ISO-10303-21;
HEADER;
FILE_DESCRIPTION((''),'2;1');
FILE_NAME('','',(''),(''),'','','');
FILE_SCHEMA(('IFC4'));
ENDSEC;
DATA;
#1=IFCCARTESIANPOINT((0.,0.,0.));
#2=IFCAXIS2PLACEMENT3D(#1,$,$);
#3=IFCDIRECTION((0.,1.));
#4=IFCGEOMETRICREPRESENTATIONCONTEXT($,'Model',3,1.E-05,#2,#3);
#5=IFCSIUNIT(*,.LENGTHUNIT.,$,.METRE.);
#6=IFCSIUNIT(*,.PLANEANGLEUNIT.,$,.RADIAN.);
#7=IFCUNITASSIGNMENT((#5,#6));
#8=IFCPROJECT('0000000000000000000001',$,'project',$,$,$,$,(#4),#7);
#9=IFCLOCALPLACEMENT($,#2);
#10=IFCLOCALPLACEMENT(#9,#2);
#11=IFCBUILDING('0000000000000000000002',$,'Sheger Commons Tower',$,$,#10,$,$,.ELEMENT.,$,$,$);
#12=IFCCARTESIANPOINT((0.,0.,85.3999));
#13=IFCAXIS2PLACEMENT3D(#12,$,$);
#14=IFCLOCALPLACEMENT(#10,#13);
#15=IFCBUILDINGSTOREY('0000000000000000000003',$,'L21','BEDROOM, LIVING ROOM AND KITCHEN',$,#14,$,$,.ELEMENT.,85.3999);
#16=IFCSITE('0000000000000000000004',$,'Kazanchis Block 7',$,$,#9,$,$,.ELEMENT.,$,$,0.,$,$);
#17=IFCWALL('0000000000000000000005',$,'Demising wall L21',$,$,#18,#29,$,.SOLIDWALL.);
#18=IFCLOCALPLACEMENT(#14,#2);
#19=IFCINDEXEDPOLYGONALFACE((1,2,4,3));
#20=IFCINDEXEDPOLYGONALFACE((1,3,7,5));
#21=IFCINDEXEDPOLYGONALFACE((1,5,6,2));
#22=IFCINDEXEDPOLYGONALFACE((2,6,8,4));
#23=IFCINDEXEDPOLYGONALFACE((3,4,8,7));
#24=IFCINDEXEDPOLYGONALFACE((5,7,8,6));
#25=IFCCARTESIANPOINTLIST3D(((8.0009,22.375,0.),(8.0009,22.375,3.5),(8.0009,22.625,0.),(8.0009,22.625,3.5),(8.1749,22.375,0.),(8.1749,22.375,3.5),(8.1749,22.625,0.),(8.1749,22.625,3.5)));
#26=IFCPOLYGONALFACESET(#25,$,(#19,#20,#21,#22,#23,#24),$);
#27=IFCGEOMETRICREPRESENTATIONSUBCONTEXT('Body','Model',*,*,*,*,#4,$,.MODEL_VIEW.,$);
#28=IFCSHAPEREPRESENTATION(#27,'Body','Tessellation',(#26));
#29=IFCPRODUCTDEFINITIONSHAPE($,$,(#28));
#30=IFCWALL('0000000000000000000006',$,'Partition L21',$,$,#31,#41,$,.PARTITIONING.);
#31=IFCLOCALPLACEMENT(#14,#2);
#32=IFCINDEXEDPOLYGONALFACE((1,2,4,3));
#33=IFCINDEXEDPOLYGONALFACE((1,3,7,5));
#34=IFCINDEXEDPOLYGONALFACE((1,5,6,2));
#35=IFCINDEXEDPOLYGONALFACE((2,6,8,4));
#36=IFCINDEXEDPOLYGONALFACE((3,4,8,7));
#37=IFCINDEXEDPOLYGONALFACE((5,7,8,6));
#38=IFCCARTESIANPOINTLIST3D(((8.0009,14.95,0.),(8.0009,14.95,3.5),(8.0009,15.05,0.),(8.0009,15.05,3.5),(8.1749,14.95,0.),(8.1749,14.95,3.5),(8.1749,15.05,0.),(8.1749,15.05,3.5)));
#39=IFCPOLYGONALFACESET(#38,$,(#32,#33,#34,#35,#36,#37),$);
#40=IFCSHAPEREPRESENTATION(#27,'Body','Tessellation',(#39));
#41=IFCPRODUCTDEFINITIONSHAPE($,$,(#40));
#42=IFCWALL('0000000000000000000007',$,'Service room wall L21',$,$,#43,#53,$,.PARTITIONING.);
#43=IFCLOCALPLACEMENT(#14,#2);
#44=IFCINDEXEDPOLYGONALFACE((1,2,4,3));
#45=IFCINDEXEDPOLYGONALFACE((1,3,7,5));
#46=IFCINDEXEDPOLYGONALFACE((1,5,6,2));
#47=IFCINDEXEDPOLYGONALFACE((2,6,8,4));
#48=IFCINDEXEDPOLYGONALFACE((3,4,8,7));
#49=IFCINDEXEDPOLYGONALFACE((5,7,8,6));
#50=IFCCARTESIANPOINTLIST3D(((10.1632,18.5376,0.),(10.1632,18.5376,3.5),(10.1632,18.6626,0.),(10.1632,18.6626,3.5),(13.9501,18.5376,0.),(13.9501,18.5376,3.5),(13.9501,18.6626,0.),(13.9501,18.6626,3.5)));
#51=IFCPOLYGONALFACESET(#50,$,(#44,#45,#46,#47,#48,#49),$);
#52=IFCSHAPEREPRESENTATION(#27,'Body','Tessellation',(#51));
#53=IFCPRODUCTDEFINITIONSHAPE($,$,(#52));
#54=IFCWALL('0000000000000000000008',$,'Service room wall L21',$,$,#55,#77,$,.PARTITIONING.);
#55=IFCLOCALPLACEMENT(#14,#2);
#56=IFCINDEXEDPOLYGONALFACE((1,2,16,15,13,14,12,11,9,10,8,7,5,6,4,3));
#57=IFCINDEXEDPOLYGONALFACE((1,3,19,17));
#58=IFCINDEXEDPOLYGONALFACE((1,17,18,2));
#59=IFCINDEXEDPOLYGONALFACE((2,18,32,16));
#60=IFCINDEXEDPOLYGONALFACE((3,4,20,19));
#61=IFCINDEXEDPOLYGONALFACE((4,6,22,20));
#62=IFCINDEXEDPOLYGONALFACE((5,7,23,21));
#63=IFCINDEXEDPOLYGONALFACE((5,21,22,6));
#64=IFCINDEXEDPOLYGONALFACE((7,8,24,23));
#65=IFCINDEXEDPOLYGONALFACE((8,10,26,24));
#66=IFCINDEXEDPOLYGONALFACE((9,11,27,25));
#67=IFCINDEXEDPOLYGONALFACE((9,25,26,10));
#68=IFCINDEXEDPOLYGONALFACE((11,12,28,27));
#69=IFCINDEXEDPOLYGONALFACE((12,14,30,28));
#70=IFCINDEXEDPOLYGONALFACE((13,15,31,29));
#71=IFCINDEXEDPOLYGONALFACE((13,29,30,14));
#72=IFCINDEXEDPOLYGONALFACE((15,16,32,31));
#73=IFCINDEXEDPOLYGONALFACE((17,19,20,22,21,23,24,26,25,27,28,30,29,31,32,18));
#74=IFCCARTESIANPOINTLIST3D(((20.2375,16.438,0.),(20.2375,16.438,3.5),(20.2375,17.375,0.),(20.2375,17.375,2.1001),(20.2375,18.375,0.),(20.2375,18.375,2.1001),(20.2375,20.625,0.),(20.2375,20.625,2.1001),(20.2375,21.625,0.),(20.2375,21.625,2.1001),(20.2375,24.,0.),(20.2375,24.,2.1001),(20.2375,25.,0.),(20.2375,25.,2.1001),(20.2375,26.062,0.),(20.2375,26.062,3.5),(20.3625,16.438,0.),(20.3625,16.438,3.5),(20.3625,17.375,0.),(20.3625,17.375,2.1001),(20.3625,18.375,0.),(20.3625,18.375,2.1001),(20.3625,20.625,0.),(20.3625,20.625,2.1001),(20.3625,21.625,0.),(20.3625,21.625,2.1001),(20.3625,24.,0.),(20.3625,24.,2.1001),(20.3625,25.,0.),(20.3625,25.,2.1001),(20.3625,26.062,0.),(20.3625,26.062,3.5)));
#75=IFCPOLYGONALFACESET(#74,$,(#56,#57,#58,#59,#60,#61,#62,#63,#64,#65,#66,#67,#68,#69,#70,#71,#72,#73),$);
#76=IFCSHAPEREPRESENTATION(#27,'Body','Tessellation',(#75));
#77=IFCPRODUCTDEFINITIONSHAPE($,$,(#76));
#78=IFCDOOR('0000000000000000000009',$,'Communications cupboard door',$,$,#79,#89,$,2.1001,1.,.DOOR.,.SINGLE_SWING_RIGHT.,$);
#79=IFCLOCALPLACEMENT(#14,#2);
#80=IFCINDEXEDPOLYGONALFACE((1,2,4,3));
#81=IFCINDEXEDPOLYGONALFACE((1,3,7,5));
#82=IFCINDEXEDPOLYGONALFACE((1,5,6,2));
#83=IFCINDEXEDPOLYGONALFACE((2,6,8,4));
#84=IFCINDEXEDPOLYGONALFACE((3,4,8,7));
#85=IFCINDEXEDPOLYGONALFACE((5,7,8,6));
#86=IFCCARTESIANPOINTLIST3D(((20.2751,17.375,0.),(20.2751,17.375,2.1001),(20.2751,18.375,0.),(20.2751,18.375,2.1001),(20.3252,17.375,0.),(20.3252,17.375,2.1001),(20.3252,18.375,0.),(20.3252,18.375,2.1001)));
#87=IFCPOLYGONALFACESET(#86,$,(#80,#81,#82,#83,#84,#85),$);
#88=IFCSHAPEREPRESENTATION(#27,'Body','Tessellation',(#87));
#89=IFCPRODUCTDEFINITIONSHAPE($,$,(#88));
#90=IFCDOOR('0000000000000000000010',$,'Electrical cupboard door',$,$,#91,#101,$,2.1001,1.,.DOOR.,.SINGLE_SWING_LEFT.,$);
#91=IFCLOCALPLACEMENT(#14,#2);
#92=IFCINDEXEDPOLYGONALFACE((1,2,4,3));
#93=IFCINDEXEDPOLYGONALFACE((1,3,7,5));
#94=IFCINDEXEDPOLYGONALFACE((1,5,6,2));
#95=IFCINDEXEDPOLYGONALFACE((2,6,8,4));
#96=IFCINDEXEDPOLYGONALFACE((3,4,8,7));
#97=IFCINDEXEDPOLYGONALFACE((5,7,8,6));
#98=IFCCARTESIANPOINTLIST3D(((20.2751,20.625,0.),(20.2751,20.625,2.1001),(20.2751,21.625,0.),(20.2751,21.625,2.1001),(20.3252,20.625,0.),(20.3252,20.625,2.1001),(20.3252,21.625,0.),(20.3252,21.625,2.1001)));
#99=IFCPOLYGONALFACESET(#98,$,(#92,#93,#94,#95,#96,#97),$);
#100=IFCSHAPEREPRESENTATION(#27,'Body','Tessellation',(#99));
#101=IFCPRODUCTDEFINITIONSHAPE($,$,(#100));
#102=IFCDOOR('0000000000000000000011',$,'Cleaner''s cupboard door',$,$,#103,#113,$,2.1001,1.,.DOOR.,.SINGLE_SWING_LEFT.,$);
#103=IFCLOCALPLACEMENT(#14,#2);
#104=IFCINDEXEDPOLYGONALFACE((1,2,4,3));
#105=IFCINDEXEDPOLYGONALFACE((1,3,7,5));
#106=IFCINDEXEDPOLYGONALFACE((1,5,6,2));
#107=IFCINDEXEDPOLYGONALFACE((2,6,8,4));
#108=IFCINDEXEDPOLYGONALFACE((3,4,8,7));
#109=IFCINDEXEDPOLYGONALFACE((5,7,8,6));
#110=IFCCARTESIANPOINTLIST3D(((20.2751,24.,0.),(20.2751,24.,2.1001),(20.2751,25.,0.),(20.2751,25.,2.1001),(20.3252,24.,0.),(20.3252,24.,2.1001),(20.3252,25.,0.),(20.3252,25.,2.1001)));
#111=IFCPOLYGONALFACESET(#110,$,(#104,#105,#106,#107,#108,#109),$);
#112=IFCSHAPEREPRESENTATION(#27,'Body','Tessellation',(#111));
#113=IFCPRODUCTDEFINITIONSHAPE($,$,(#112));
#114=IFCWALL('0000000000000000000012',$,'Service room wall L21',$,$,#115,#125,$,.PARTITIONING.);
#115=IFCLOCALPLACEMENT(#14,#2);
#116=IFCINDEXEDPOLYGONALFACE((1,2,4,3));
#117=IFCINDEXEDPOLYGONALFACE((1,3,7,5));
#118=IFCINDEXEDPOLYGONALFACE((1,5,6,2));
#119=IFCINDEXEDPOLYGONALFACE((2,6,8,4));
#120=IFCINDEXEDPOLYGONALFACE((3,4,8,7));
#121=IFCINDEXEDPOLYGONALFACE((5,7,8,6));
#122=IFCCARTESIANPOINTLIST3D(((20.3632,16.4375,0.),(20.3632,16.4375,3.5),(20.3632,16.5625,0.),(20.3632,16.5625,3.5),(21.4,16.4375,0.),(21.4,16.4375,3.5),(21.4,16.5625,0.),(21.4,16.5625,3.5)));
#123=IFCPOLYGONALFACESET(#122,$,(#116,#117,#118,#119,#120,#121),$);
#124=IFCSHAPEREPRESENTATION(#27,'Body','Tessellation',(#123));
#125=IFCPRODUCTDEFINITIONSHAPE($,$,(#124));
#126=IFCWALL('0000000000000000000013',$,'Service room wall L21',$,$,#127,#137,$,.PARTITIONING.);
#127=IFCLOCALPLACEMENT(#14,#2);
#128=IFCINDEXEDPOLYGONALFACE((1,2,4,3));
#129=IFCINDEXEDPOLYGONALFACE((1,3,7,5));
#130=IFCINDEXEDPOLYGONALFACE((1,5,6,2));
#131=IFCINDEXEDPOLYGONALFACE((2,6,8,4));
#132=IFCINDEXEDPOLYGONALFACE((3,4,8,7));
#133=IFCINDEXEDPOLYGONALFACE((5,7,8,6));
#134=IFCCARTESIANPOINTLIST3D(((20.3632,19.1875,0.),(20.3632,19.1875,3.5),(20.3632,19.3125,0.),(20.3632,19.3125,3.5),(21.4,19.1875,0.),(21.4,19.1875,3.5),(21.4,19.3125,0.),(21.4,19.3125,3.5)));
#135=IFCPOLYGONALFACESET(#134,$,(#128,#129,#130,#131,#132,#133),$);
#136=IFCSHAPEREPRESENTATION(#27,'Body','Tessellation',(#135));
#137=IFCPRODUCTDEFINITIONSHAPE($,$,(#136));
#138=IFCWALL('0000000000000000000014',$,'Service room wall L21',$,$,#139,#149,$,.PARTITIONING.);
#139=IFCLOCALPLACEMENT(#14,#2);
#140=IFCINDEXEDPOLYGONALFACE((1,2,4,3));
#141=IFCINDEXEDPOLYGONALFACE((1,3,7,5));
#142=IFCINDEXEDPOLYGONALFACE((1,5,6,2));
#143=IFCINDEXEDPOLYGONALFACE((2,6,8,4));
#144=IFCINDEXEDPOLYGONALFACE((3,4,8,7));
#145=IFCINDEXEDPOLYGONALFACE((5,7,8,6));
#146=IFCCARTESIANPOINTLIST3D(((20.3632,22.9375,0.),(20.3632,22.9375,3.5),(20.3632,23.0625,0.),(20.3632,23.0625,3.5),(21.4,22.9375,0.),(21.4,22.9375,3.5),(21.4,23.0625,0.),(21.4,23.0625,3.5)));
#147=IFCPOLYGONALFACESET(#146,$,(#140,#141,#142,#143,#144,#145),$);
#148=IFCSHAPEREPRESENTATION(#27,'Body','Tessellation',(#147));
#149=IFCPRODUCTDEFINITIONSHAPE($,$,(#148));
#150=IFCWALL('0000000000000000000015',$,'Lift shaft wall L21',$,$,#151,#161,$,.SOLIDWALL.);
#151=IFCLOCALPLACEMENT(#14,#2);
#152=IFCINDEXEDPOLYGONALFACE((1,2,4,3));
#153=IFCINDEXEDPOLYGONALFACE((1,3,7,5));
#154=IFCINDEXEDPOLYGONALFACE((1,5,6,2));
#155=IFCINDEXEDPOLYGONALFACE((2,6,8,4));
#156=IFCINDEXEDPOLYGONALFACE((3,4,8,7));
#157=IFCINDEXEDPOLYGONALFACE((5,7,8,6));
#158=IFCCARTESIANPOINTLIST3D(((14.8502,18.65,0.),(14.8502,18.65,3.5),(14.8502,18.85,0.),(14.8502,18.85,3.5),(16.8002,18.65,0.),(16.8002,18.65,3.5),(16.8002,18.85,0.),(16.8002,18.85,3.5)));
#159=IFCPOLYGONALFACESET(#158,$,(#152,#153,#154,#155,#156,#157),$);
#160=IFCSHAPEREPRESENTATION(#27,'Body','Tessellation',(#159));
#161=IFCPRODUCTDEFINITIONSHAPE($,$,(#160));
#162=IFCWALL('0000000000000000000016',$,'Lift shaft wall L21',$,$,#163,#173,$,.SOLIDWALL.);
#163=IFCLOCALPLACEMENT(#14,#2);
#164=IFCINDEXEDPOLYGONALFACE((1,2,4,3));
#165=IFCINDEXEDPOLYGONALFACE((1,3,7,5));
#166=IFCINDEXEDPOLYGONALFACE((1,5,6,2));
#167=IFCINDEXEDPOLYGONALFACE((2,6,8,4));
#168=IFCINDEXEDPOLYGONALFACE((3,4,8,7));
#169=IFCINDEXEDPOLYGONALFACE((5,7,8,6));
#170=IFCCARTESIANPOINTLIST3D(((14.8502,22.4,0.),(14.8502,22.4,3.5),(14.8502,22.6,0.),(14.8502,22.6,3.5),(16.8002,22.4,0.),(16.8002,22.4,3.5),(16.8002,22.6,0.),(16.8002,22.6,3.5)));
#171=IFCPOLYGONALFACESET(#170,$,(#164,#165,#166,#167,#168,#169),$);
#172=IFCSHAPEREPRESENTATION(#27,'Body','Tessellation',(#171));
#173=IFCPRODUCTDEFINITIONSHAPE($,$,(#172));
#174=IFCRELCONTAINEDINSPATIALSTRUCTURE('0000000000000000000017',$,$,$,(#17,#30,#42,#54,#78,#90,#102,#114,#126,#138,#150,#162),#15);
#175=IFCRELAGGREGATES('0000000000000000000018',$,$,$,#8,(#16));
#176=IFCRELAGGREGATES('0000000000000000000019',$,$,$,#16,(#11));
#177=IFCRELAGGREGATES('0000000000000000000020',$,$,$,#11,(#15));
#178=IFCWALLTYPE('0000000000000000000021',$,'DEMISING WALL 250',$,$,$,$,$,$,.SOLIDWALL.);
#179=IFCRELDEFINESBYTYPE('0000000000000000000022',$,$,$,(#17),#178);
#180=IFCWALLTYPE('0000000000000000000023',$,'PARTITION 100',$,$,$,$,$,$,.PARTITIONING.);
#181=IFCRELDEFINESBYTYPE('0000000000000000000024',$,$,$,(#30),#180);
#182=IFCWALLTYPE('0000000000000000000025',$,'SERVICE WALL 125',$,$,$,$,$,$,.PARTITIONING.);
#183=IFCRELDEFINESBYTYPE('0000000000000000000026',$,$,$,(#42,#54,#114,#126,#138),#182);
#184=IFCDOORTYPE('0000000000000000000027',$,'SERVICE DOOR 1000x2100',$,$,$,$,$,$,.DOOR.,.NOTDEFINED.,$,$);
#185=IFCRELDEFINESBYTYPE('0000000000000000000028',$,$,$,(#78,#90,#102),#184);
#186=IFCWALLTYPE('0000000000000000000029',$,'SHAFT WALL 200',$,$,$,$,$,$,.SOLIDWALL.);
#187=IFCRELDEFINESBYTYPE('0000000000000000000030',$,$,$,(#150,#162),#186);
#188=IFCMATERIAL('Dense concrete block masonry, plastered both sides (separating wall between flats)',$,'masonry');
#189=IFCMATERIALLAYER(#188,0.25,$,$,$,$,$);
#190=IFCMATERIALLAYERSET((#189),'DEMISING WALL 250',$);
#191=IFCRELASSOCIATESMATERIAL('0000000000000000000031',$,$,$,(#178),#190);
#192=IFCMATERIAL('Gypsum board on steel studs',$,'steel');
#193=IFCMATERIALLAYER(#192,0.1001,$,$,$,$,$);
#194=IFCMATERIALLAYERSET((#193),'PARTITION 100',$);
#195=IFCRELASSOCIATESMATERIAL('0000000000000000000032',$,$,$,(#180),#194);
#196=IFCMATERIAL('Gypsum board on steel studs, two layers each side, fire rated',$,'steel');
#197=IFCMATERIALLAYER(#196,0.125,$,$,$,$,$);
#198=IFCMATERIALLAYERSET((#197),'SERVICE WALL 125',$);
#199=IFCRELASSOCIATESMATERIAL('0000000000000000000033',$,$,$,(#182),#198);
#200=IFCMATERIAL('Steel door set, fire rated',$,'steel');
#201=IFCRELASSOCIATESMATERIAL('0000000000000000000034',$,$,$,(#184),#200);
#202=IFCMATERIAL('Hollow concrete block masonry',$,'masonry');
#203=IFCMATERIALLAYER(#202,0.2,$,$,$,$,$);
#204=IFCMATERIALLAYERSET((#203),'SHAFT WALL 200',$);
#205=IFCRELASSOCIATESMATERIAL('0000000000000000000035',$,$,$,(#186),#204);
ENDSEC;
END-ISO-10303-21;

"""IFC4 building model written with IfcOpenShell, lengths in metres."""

from ifc_helpers import new_model, si_unit, direction, frame, frame_2d, origin, place, context, subcontext, project, spatial, rectangle, extrude, material, layer, layer_set, type_object, element, fill, save


model = new_model("IFC4")

# Units and contexts
model_context = context("Model", 3, precision=1e-05, world=origin(), true_north=direction((0.0, 1.0)))
body_context = subcontext(model_context, "Body", "Model", "MODEL_VIEW")
ifc_project = project(units=[si_unit("LENGTHUNIT", "METRE"), si_unit("PLANEANGLEUNIT", "RADIAN")], contexts=[model_context])

# Site, building, storey
site_placement = place(None, origin())
site = spatial("IfcSite", under=ifc_project, at=site_placement, Name="Kazanchis Block 7", CompositionType="ELEMENT", RefElevation=0.0)
building_placement = place(site_placement, origin())
building = spatial("IfcBuilding", under=site, at=building_placement, Name="Sheger Commons Tower", CompositionType="ELEMENT")
storey_placement = place(building_placement, frame((0.0, 0.0, 85.3999)))
storey = spatial("IfcBuildingStorey", under=building, at=storey_placement, Name="L21", Description="BEDROOM, LIVING ROOM AND KITCHEN", CompositionType="ELEMENT", Elevation=85.3999)

# Walls
ifc_material_1 = material(Name="Dense concrete block masonry, plastered both sides (separating wall between flats)", Category="masonry")
ifc_layer_1 = layer(ifc_material_1, 0.25)
ifc_layer_set_1 = layer_set([ifc_layer_1], Name="DEMISING WALL 250")
wall_type_1 = type_object("IfcWallType", Name="DEMISING WALL 250", PredefinedType="SOLIDWALL", material=ifc_layer_set_1)
wall_1_placement = place(storey_placement, frame((8.001, 22.5, 0.0), z_axis=(0.0, 0.0, 1.0), x_axis=(1.0, 0.0, 0.0)))
element("IfcWall", 1, at=wall_1_placement, inside=storey, type_object=wall_type_1, Name="Demising wall L21", PredefinedType="SOLIDWALL", context=body_context, shape_type="SweptSolid", body=[
    extrude(rectangle(XDim=0.1741, YDim=0.25, at=frame_2d((0.0869, 0.0))), origin(), (0.0, 0.0, 1.0), 3.5),
])
ifc_material_2 = material(Name="Gypsum board on steel studs", Category="steel")
ifc_layer_2 = layer(ifc_material_2, 0.1001)
ifc_layer_set_2 = layer_set([ifc_layer_2], Name="PARTITION 100")
wall_type_2 = type_object("IfcWallType", Name="PARTITION 100", PredefinedType="PARTITIONING", material=ifc_layer_set_2)
wall_2_placement = place(storey_placement, frame((8.001, 15.0, 0.0), z_axis=(0.0, 0.0, 1.0), x_axis=(1.0, 0.0, 0.0)))
element("IfcWall", 2, at=wall_2_placement, inside=storey, type_object=wall_type_2, Name="Partition L21", PredefinedType="PARTITIONING", context=body_context, shape_type="SweptSolid", body=[
    extrude(rectangle(XDim=0.1741, YDim=0.1001, at=frame_2d((0.0869, 0.0))), origin(), (0.0, 0.0, 1.0), 3.5),
])
ifc_material_3 = material(Name="Gypsum board on steel studs, two layers each side, fire rated", Category="steel")
ifc_layer_3 = layer(ifc_material_3, 0.125)
ifc_layer_set_3 = layer_set([ifc_layer_3], Name="SERVICE WALL 125")
wall_type_3 = type_object("IfcWallType", Name="SERVICE WALL 125", PredefinedType="PARTITIONING", material=ifc_layer_set_3)
wall_3_placement = place(storey_placement, frame((10.1631, 18.6001, 0.0), z_axis=(0.0, 0.0, 1.0), x_axis=(1.0, 0.0, 0.0)))
element("IfcWall", 3, at=wall_3_placement, inside=storey, type_object=wall_type_3, Name="Service room wall L21", PredefinedType="PARTITIONING", context=body_context, shape_type="SweptSolid", body=[
    extrude(rectangle(XDim=3.7869, YDim=0.125, at=frame_2d((1.8936, 0.0))), origin(), (0.0, 0.0, 1.0), 3.5),
])

# Wall, openings, doors
wall_4_placement = place(storey_placement, frame((20.3, 16.438, 0.0), z_axis=(0.0, 0.0, 1.0), x_axis=(0.0, 1.0, 0.0)))
wall_4 = element("IfcWall", 4, at=wall_4_placement, inside=storey, type_object=wall_type_3, Name="Service room wall L21", PredefinedType="PARTITIONING", context=body_context, shape_type="SweptSolid", body=[
    extrude(rectangle(XDim=9.624, YDim=0.125, at=frame_2d((4.812, 0.0))), origin(), (0.0, 0.0, 1.0), 3.5),
])
opening_1_placement = place(wall_4_placement, frame((0.937, 0.0, 0.0)))
opening_1 = element("IfcOpeningElement", 5, at=opening_1_placement, cuts=wall_4, PredefinedType="OPENING", context=body_context, shape_type="SweptSolid", body=[
    extrude(rectangle(XDim=1.0, YDim=2.1001, at=frame_2d((0.5, 1.05))), frame((0.0, 0.0725, 0.0), z_axis=(0.0, -1.0, 0.0), x_axis=(1.0, 0.0, 0.0)), (0.0, 0.0, 1.0), 0.145),
])
opening_2_placement = place(wall_4_placement, frame((4.187, 0.0, 0.0)))
opening_2 = element("IfcOpeningElement", 6, at=opening_2_placement, cuts=wall_4, PredefinedType="OPENING", context=body_context, shape_type="SweptSolid", body=[
    extrude(rectangle(XDim=1.0, YDim=2.1001, at=frame_2d((0.5, 1.05))), frame((0.0, 0.0725, 0.0), z_axis=(0.0, -1.0, 0.0), x_axis=(1.0, 0.0, 0.0)), (0.0, 0.0, 1.0), 0.145),
])
opening_3_placement = place(wall_4_placement, frame((7.562, 0.0, 0.0)))
opening_3 = element("IfcOpeningElement", 7, at=opening_3_placement, cuts=wall_4, PredefinedType="OPENING", context=body_context, shape_type="SweptSolid", body=[
    extrude(rectangle(XDim=1.0, YDim=2.1001, at=frame_2d((0.5, 1.05))), frame((0.0, 0.0725, 0.0), z_axis=(0.0, -1.0, 0.0), x_axis=(1.0, 0.0, 0.0)), (0.0, 0.0, 1.0), 0.145),
])
ifc_material_4 = material(Name="Steel door set, fire rated", Category="steel")
door_type_1 = type_object("IfcDoorType", Name="SERVICE DOOR 1000x2100", OperationType="NOTDEFINED", PredefinedType="DOOR", material=ifc_material_4)
door_1_placement = place(opening_1_placement, origin())
door_1 = element("IfcDoor", 8, at=door_1_placement, inside=storey, type_object=door_type_1, Name="Communications cupboard door", OperationType="SINGLE_SWING_RIGHT", OverallHeight=2.1001, OverallWidth=1.0, PredefinedType="DOOR", context=body_context, shape_type="SweptSolid", body=[
    extrude(rectangle(XDim=1.0, YDim=2.1001, at=frame_2d((0.5, 1.05))), frame((0.0, 0.0249, 0.0), z_axis=(0.0, -1.0, 0.0), x_axis=(1.0, 0.0, 0.0)), (0.0, 0.0, 1.0), 0.05),
])
fill(opening_1, door_1)
door_2_placement = place(opening_2_placement, origin())
door_2 = element("IfcDoor", 9, at=door_2_placement, inside=storey, type_object=door_type_1, Name="Electrical cupboard door", OperationType="SINGLE_SWING_LEFT", OverallHeight=2.1001, OverallWidth=1.0, PredefinedType="DOOR", context=body_context, shape_type="SweptSolid", body=[
    extrude(rectangle(XDim=1.0, YDim=2.1001, at=frame_2d((0.5, 1.05))), frame((0.0, 0.0249, 0.0), z_axis=(0.0, -1.0, 0.0), x_axis=(1.0, 0.0, 0.0)), (0.0, 0.0, 1.0), 0.05),
])
fill(opening_2, door_2)
door_3_placement = place(opening_3_placement, origin())
door_3 = element("IfcDoor", 10, at=door_3_placement, inside=storey, type_object=door_type_1, Name="Cleaner's cupboard door", OperationType="SINGLE_SWING_LEFT", OverallHeight=2.1001, OverallWidth=1.0, PredefinedType="DOOR", context=body_context, shape_type="SweptSolid", body=[
    extrude(rectangle(XDim=1.0, YDim=2.1001, at=frame_2d((0.5, 1.05))), frame((0.0, 0.0249, 0.0), z_axis=(0.0, -1.0, 0.0), x_axis=(1.0, 0.0, 0.0)), (0.0, 0.0, 1.0), 0.05),
])
fill(opening_3, door_3)

# Walls
for number, where, z_axis, x_axis, name in (
    (11, (20.363, 16.5, 0.0), (0.0, 0.0, 1.0), (1.0, 0.0, 0.0), "Service room wall L21"),
    (12, (20.363, 19.25, 0.0), (0.0, 0.0, 1.0), (1.0, 0.0, 0.0), "Service room wall L21"),
    (13, (20.363, 23.0, 0.0), (0.0, 0.0, 1.0), (1.0, 0.0, 0.0), "Service room wall L21"),
):
    element("IfcWall", number, at=place(storey_placement, frame(where, z_axis=z_axis, x_axis=x_axis)), inside=storey, type_object=wall_type_3, Name=name, PredefinedType="PARTITIONING", context=body_context, shape_type="SweptSolid", body=[
        extrude(rectangle(XDim=1.0369, YDim=0.125, at=frame_2d((0.5186, 0.0))), origin(), (0.0, 0.0, 1.0), 3.5),
    ])
ifc_material_5 = material(Name="Hollow concrete block masonry", Category="masonry")
ifc_layer_4 = layer(ifc_material_5, 0.2)
ifc_layer_set_4 = layer_set([ifc_layer_4], Name="SHAFT WALL 200")
wall_type_4 = type_object("IfcWallType", Name="SHAFT WALL 200", PredefinedType="SOLIDWALL", material=ifc_layer_set_4)
for number, where, z_axis, x_axis, name in (
    (14, (14.8501, 18.75, 0.0), (0.0, 0.0, 1.0), (1.0, 0.0, 0.0), "Lift shaft wall L21"),
    (15, (14.8501, 22.5, 0.0), (0.0, 0.0, 1.0), (1.0, 0.0, 0.0), "Lift shaft wall L21"),
):
    element("IfcWall", number, at=place(storey_placement, frame(where, z_axis=z_axis, x_axis=x_axis)), inside=storey, type_object=wall_type_4, Name=name, PredefinedType="SOLIDWALL", context=body_context, shape_type="SweptSolid", body=[
        extrude(rectangle(XDim=1.95, YDim=0.2, at=frame_2d((0.9751, 0.0))), origin(), (0.0, 0.0, 1.0), 3.5),
    ])

save(model, "model.ifc")
